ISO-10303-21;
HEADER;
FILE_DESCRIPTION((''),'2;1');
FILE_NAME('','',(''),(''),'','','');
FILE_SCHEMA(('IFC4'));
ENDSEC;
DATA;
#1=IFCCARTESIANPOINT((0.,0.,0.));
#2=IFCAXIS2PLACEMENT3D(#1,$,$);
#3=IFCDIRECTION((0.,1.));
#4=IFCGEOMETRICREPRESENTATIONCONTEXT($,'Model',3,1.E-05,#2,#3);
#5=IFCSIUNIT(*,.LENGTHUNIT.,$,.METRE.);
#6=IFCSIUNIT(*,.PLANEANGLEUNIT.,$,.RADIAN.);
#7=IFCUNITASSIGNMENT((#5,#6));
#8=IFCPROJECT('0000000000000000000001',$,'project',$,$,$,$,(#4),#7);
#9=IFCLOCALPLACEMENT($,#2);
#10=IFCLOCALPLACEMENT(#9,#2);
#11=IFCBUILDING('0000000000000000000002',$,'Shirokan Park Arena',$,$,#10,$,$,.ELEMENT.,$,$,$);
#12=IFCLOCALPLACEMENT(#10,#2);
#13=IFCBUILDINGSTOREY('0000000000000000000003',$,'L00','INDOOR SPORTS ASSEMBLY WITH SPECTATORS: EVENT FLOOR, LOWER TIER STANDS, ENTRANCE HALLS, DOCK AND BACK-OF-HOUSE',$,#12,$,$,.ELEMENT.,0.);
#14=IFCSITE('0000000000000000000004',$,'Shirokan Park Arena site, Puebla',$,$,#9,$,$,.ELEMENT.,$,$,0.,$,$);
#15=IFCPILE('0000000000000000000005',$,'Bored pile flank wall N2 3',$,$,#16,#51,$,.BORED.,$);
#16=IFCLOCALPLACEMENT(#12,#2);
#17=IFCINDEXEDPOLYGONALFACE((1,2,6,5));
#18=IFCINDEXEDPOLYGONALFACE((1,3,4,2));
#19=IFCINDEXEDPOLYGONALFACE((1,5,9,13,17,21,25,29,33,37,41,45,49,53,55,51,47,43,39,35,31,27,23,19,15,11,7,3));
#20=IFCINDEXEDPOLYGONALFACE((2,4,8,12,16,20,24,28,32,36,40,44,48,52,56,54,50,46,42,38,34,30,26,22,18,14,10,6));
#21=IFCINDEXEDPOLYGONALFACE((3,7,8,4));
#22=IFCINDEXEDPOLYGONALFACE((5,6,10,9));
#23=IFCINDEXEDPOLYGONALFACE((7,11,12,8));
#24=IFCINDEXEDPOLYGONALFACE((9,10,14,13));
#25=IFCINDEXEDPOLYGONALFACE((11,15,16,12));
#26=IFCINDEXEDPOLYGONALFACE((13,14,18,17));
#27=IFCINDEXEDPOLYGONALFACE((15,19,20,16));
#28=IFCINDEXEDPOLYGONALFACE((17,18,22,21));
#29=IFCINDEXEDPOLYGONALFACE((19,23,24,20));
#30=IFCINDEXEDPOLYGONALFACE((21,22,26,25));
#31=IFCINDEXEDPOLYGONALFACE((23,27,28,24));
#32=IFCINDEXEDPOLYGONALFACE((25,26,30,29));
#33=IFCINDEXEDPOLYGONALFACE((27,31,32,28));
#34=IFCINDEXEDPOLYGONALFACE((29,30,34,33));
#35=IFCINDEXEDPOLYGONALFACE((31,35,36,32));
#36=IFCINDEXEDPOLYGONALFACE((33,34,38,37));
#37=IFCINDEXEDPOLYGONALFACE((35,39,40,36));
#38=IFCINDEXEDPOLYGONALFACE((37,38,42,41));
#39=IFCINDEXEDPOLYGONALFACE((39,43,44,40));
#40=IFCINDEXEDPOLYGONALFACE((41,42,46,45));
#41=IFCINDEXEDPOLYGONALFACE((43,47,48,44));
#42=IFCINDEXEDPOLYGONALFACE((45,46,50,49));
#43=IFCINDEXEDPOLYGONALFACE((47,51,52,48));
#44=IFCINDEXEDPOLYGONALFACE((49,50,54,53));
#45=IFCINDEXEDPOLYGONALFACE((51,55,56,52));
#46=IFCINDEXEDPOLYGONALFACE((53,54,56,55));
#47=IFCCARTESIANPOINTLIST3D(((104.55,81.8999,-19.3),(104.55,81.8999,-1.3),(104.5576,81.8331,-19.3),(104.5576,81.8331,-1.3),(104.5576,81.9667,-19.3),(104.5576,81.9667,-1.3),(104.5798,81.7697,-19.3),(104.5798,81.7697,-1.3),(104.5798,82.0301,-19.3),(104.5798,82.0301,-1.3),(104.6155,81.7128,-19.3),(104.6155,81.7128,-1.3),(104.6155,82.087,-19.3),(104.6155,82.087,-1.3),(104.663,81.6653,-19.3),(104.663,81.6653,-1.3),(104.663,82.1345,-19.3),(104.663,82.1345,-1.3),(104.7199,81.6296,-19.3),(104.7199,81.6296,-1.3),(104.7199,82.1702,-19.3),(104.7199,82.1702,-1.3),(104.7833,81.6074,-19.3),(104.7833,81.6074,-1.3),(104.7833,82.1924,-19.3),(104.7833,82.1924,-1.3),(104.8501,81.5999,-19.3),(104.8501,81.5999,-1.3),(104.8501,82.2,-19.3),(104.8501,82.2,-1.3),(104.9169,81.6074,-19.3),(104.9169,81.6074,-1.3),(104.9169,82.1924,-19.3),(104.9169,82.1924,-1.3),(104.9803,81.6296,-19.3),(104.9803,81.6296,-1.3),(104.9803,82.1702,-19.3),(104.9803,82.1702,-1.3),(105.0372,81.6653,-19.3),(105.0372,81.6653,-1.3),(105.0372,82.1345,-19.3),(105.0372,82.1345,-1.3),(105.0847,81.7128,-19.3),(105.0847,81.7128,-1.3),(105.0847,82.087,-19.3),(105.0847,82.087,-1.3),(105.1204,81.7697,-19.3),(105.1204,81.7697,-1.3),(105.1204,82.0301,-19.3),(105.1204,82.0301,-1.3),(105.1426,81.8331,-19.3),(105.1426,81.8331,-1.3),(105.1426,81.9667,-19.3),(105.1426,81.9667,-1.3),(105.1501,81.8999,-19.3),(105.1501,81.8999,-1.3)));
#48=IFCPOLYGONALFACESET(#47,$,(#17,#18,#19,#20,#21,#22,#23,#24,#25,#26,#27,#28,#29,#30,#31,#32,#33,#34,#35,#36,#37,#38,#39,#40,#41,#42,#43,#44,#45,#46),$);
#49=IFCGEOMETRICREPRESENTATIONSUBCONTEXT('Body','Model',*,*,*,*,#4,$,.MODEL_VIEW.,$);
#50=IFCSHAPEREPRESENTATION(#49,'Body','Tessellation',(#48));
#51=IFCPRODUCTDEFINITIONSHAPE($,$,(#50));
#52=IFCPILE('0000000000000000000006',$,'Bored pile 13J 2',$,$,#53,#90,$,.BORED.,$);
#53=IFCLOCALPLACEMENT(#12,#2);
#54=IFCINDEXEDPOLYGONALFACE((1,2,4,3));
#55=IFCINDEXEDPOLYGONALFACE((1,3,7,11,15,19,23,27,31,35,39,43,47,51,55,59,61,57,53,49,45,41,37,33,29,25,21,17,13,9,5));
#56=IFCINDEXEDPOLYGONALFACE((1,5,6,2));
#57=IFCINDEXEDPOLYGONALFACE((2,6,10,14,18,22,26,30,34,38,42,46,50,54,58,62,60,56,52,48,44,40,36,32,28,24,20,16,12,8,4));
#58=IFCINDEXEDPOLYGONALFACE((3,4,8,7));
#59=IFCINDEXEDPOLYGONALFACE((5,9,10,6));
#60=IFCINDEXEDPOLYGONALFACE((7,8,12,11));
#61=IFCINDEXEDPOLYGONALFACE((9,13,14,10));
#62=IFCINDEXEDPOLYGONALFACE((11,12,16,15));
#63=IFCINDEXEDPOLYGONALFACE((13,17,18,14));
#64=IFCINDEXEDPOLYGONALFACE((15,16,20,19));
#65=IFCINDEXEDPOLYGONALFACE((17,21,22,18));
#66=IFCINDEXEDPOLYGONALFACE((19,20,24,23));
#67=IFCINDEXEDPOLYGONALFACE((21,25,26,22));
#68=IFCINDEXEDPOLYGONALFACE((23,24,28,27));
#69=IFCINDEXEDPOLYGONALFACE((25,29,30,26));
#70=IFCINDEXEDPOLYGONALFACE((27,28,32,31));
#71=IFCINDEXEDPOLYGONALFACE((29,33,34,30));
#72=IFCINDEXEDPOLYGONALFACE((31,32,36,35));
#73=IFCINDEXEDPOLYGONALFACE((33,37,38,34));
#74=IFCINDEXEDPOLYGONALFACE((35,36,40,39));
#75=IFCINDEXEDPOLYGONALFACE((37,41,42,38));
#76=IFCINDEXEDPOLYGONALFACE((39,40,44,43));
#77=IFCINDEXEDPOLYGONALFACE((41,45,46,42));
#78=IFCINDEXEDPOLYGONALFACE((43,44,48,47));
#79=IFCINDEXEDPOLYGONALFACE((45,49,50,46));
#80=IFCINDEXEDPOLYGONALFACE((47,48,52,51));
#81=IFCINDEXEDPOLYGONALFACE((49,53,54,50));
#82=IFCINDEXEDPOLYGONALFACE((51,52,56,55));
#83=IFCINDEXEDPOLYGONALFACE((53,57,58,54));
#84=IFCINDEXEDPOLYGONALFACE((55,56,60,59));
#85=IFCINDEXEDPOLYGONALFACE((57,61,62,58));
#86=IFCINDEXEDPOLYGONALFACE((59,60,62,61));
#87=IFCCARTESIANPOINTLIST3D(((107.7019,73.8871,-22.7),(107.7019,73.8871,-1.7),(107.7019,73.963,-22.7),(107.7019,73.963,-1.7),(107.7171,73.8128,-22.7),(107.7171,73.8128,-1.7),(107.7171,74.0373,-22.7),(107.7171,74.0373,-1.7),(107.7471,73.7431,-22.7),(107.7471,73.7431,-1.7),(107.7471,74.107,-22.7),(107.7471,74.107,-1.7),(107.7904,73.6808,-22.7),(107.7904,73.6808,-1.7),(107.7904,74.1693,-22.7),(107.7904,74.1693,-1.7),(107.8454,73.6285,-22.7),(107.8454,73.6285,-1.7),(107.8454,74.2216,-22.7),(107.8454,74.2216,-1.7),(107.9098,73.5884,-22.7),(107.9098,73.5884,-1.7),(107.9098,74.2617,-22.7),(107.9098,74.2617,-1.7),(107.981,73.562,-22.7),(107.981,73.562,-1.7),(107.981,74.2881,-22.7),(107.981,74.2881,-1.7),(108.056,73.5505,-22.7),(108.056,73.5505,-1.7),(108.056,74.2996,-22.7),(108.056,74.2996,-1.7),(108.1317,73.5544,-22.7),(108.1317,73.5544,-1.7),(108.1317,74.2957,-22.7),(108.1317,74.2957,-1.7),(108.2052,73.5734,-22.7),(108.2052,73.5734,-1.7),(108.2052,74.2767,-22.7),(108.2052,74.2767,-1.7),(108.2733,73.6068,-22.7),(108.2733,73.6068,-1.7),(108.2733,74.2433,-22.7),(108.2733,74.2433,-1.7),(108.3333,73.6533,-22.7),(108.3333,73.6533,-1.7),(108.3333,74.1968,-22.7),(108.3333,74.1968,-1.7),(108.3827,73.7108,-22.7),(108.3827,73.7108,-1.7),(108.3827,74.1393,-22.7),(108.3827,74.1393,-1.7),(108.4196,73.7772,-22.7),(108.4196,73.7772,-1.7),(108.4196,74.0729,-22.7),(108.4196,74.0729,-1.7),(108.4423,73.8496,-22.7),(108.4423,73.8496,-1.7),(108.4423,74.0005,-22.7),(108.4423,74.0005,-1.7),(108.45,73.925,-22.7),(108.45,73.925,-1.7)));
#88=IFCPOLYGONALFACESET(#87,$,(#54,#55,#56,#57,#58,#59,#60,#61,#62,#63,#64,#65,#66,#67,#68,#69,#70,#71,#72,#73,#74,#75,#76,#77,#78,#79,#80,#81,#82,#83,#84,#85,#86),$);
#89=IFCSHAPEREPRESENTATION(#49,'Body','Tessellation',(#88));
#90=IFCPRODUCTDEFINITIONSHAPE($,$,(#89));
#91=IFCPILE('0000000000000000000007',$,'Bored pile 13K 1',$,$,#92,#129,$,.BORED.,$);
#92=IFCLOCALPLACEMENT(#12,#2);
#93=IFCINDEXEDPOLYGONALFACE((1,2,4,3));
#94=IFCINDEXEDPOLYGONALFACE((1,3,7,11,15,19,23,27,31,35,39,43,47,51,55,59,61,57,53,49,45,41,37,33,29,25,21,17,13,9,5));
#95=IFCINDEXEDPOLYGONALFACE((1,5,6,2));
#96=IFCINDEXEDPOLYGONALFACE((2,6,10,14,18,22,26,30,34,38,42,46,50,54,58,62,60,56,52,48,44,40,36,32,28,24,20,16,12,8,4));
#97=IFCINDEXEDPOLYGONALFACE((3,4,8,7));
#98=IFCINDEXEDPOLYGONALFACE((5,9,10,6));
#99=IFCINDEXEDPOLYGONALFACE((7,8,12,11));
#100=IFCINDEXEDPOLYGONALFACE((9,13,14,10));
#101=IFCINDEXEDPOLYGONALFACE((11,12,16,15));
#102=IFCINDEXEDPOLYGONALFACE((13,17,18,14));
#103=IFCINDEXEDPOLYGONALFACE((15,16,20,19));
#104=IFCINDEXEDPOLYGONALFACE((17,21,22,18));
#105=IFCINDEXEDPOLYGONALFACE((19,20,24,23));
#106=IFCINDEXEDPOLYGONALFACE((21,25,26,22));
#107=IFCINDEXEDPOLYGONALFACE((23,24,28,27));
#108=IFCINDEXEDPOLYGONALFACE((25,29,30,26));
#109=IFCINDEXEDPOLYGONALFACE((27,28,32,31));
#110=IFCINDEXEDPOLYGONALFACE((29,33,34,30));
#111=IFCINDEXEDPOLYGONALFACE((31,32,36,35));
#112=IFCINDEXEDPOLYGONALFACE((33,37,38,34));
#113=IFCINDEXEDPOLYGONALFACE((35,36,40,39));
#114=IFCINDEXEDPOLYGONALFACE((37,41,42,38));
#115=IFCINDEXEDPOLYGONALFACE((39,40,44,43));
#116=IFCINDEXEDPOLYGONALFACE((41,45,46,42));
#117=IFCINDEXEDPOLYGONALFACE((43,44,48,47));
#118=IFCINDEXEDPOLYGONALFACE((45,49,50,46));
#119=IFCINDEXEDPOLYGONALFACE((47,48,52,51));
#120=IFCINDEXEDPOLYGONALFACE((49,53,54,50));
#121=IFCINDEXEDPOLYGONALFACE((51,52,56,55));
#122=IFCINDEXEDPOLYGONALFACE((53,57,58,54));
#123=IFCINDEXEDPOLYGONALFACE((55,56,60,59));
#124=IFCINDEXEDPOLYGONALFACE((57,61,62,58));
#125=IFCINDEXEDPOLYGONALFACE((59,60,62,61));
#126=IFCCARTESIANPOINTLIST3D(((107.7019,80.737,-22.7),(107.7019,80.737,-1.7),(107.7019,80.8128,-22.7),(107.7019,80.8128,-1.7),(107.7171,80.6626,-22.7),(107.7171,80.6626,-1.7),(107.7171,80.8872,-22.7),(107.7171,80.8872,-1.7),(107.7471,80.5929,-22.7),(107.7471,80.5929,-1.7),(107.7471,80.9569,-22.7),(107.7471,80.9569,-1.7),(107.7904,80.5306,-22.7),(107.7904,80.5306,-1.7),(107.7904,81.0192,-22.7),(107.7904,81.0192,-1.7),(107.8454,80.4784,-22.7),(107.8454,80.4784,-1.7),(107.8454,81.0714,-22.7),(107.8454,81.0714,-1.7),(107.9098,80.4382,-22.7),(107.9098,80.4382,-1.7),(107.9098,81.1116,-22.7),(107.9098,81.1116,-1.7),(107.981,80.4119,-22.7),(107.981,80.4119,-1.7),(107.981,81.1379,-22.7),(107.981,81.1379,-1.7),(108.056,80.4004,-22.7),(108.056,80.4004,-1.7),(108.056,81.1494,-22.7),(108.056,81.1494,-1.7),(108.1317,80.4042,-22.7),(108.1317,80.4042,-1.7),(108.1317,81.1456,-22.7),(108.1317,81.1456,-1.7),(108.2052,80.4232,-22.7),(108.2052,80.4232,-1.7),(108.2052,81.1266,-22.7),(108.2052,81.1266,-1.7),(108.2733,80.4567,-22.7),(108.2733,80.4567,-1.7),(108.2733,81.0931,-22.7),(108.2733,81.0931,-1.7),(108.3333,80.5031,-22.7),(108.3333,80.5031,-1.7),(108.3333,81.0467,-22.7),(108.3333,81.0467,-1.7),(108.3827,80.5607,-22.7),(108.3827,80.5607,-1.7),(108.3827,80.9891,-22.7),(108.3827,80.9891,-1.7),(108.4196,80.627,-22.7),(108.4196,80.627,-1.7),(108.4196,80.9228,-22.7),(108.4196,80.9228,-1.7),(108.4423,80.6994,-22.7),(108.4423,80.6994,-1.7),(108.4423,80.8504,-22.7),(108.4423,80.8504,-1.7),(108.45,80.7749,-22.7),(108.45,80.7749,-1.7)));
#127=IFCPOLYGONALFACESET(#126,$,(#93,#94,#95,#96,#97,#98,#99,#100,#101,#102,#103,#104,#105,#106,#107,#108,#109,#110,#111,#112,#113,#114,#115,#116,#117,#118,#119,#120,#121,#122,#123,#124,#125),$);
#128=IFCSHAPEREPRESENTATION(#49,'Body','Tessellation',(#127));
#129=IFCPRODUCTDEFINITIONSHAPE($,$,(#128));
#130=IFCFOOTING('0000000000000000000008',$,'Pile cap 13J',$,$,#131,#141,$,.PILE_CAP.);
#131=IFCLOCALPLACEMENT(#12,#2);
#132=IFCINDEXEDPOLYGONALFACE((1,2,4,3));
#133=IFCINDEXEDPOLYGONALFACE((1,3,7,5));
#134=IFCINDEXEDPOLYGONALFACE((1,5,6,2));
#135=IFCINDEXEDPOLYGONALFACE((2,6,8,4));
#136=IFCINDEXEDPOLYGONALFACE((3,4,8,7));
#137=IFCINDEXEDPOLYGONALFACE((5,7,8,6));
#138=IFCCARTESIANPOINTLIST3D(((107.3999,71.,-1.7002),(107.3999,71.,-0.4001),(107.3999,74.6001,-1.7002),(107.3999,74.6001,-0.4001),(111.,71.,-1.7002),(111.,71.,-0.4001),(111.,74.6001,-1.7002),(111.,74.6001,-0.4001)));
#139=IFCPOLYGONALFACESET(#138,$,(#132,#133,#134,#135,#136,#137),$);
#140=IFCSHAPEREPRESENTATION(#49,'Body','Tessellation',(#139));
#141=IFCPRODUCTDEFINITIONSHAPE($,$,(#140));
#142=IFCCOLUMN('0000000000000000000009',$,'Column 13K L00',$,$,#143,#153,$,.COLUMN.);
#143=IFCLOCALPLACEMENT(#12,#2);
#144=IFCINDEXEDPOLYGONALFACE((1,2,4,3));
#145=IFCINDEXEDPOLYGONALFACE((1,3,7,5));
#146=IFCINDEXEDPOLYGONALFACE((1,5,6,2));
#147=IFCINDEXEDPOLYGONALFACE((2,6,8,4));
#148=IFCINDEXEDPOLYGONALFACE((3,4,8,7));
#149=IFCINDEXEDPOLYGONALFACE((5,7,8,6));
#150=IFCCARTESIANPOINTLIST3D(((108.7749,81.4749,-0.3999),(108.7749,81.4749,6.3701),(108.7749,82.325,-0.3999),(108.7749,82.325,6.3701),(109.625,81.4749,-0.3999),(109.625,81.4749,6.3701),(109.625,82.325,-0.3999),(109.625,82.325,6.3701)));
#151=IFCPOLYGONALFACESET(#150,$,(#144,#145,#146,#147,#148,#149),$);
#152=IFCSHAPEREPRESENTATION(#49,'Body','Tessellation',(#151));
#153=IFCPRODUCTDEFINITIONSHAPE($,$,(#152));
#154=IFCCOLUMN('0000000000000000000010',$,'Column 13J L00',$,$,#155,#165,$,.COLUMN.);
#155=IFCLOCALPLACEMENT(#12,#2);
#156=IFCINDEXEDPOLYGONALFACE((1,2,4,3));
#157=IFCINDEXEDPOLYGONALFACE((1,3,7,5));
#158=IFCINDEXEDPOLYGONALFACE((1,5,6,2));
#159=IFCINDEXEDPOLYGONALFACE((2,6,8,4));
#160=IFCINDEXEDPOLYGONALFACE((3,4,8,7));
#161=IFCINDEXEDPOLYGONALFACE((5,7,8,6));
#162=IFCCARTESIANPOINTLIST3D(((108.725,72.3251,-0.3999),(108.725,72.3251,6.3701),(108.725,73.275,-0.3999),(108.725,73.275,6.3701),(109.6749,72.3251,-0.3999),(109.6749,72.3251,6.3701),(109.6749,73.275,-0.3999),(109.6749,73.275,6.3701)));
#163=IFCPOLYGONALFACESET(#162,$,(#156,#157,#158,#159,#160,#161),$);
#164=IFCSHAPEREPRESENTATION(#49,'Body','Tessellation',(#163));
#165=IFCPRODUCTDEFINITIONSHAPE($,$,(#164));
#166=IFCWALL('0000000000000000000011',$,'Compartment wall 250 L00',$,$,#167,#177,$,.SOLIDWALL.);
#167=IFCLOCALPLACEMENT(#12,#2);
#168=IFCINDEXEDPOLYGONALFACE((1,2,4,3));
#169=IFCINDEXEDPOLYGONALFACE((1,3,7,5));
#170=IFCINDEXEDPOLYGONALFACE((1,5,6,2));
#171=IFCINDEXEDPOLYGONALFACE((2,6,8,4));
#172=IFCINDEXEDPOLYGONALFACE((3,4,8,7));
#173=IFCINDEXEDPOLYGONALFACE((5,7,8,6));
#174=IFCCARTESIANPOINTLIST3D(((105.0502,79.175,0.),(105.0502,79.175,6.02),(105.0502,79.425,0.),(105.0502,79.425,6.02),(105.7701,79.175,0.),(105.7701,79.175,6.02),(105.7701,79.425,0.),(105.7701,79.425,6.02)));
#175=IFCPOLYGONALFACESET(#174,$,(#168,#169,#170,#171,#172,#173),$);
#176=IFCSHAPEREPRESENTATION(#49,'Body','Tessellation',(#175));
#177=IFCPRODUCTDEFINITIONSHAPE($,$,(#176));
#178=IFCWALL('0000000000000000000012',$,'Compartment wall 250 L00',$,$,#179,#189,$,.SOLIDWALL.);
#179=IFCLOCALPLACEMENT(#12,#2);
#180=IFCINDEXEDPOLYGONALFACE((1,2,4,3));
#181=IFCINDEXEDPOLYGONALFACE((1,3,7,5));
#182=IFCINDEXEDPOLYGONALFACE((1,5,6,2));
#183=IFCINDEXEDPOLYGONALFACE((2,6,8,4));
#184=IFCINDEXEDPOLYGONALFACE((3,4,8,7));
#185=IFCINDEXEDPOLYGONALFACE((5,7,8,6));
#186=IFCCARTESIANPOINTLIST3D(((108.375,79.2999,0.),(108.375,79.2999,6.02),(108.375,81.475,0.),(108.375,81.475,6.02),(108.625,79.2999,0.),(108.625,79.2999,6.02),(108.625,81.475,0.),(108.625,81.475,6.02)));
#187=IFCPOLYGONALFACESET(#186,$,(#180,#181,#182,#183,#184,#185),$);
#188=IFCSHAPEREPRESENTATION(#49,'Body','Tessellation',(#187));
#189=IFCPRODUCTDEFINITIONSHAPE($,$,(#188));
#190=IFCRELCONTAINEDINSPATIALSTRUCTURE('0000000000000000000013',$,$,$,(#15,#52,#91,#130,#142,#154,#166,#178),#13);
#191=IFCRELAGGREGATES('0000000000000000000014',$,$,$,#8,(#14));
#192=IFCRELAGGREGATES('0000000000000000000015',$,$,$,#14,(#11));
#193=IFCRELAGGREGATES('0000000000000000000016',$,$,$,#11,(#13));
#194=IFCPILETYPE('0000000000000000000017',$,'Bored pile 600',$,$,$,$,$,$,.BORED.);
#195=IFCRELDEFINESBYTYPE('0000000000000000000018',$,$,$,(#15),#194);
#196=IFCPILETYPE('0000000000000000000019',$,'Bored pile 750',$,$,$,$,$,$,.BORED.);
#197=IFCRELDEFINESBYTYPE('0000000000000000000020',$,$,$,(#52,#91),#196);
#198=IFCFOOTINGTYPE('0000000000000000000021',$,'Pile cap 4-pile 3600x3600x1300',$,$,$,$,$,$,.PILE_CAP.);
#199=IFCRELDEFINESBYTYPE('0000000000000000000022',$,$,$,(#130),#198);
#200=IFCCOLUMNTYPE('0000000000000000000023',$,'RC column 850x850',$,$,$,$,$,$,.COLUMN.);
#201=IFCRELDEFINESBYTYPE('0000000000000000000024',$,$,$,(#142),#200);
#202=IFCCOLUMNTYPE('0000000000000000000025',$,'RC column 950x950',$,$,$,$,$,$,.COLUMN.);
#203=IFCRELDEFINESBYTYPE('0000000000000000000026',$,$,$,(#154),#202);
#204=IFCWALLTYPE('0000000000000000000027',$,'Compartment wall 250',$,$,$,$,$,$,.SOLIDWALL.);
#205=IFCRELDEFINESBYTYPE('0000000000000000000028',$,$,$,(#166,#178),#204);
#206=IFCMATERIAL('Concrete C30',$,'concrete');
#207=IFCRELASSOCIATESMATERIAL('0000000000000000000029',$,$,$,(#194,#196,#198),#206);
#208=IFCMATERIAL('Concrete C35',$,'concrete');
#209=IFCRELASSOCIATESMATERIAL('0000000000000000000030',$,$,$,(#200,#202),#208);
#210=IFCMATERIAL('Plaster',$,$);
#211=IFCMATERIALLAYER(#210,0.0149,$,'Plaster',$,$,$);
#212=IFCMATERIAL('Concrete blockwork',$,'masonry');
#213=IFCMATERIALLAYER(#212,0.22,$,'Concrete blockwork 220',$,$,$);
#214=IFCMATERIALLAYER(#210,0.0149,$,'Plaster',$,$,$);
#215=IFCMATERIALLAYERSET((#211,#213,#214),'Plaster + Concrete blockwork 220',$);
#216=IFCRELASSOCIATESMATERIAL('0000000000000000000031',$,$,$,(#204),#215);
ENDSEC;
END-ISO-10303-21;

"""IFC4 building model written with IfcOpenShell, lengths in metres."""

from ifc_helpers import new_model, si_unit, direction, frame, frame_2d, origin, origin_2d, place, context, subcontext, project, spatial, rectangle, circle, extrude, material, layer, layer_set, material_profile, profile_set, type_object, element, save


model = new_model("IFC4")

# Units and contexts
model_context = context("Model", 3, precision=1e-05, world=origin(), true_north=direction((0.0, 1.0)))
body_context = subcontext(model_context, "Body", "Model", "MODEL_VIEW")
ifc_project = project(units=[si_unit("LENGTHUNIT", "METRE"), si_unit("PLANEANGLEUNIT", "RADIAN")], contexts=[model_context])

# Site, building, storey
site_placement = place(None, origin())
site = spatial("IfcSite", under=ifc_project, at=site_placement, Name="Shirokan Park Arena site, Puebla", CompositionType="ELEMENT", RefElevation=0.0)
building_placement = place(site_placement, origin())
building = spatial("IfcBuilding", under=site, at=building_placement, Name="Shirokan Park Arena", CompositionType="ELEMENT")
storey_placement = place(building_placement, origin())
storey = spatial("IfcBuildingStorey", under=building, at=storey_placement, Name="L00", Description="INDOOR SPORTS ASSEMBLY WITH SPECTATORS: EVENT FLOOR, LOWER TIER STANDS, ENTRANCE HALLS, DOCK AND BACK-OF-HOUSE", CompositionType="ELEMENT", Elevation=0.0)

# Piles
ifc_material_1 = material(Name="Concrete C30", Category="concrete")
ifc_material_profile_1 = material_profile(ifc_material_1, circle(Radius=0.3, at=origin_2d()), Name="D600")
ifc_profile_set_1 = profile_set([ifc_material_profile_1], Name="Concrete C30")
pile_type_1 = type_object("IfcPileType", Name="Bored pile 600", PredefinedType="BORED", material=ifc_profile_set_1)
pile_placement = place(storey_placement, frame((104.8501, 81.8999, -1.3), z_axis=(0.0, 0.0, -1.0), x_axis=(1.0, 0.0, 0.0)))
element("IfcPile", 1, at=pile_placement, inside=storey, type_object=pile_type_1, Name="Bored pile flank wall N2 3", PredefinedType="BORED", context=body_context, shape_type="SweptSolid", body=[
    extrude(circle(Radius=0.3, at=origin_2d()), origin(), (0.0, 0.0, 1.0), 18.0),
])
ifc_material_profile_2 = material_profile(ifc_material_1, circle(Radius=0.375, at=origin_2d()), Name="D750")
ifc_profile_set_2 = profile_set([ifc_material_profile_2], Name="Concrete C30")
pile_type_2 = type_object("IfcPileType", Name="Bored pile 750", PredefinedType="BORED", material=ifc_profile_set_2)
for number, where, z_axis, x_axis, name in (
    (2, (108.075, 73.925, -1.7), (0.0, 0.0, -1.0), (1.0, 0.0, 0.0), "Bored pile 13J 2"),
    (3, (108.075, 80.7749, -1.7), (0.0, 0.0, -1.0), (1.0, 0.0, 0.0), "Bored pile 13K 1"),
):
    element("IfcPile", number, at=place(storey_placement, frame(where, z_axis=z_axis, x_axis=x_axis)), inside=storey, type_object=pile_type_2, Name=name, PredefinedType="BORED", context=body_context, shape_type="SweptSolid", body=[
        extrude(circle(Radius=0.375, at=origin_2d()), origin(), (0.0, 0.0, 1.0), 21.0),
    ])

# Footing
footing_type = type_object("IfcFootingType", Name="Pile cap 4-pile 3600x3600x1300", PredefinedType="PILE_CAP", material=ifc_material_1)
footing_placement = place(storey_placement, frame((109.2, 72.8, -1.7002), z_axis=(0.0, 0.0, 1.0), x_axis=(1.0, 0.0, 0.0)))
element("IfcFooting", 4, at=footing_placement, inside=storey, type_object=footing_type, Name="Pile cap 13J", PredefinedType="PILE_CAP", context=body_context, shape_type="SweptSolid", body=[
    extrude(rectangle(XDim=3.6001, YDim=3.6001, at=origin_2d()), origin(), (0.0, 0.0, 1.0), 1.3),
])

# Columns
ifc_material_2 = material(Name="Concrete C35", Category="concrete")
ifc_material_profile_3 = material_profile(ifc_material_2, rectangle(XDim=0.8501, YDim=0.8501, at=origin_2d()), Name="850x850")
ifc_profile_set_3 = profile_set([ifc_material_profile_3], Name="Concrete C35")
column_type_1 = type_object("IfcColumnType", Name="RC column 850x850", PredefinedType="COLUMN", material=ifc_profile_set_3)
column_1_placement = place(storey_placement, frame((109.2, 81.8999, -0.3999), z_axis=(0.0, 0.0, 1.0), x_axis=(1.0, 0.0, 0.0)))
element("IfcColumn", 5, at=column_1_placement, inside=storey, type_object=column_type_1, Name="Column 13K L00", PredefinedType="COLUMN", context=body_context, shape_type="SweptSolid", body=[
    extrude(rectangle(XDim=0.8501, YDim=0.8501, at=origin_2d()), origin(), (0.0, 0.0, 1.0), 6.77),
])
ifc_material_profile_4 = material_profile(ifc_material_2, rectangle(XDim=0.95, YDim=0.95, at=origin_2d()), Name="950x950")
ifc_profile_set_4 = profile_set([ifc_material_profile_4], Name="Concrete C35")
column_type_2 = type_object("IfcColumnType", Name="RC column 950x950", PredefinedType="COLUMN", material=ifc_profile_set_4)
column_2_placement = place(storey_placement, frame((109.2, 72.8, -0.3999), z_axis=(0.0, 0.0, 1.0), x_axis=(1.0, 0.0, 0.0)))
element("IfcColumn", 6, at=column_2_placement, inside=storey, type_object=column_type_2, Name="Column 13J L00", PredefinedType="COLUMN", context=body_context, shape_type="SweptSolid", body=[
    extrude(rectangle(XDim=0.95, YDim=0.95, at=origin_2d()), origin(), (0.0, 0.0, 1.0), 6.77),
])

# Walls
ifc_material_3 = material(Name="Plaster")
ifc_layer_1 = layer(ifc_material_3, 0.0149, Name="Plaster")
ifc_material_4 = material(Name="Concrete blockwork", Category="masonry")
ifc_layer_2 = layer(ifc_material_4, 0.22, Name="Concrete blockwork 220")
ifc_layer_3 = layer(ifc_material_3, 0.0149, Name="Plaster")
ifc_layer_set_1 = layer_set([ifc_layer_1, ifc_layer_2, ifc_layer_3], Name="Plaster + Concrete blockwork 220")
wall_type_1 = type_object("IfcWallType", Name="Compartment wall 250", PredefinedType="SOLIDWALL", material=ifc_layer_set_1)
wall_1_placement = place(storey_placement, frame((105.77, 79.3, 0.0), z_axis=(0.0, 0.0, 1.0), x_axis=(-1.0, 0.0, 0.0)))
element("IfcWall", 7, at=wall_1_placement, inside=storey, type_object=wall_type_1, Name="Compartment wall 250 L00", PredefinedType="SOLIDWALL", context=body_context, shape_type="SweptSolid", body=[
    extrude(rectangle(XDim=0.72, YDim=0.25, at=frame_2d((0.3599, 0.0))), origin(), (0.0, 0.0, 1.0), 6.02),
])
wall_2_placement = place(storey_placement, frame((108.5, 79.3, 0.0), z_axis=(0.0, 0.0, 1.0), x_axis=(0.0, 1.0, 0.0)))
element("IfcWall", 8, at=wall_2_placement, inside=storey, type_object=wall_type_1, Name="Compartment wall 250 L00", PredefinedType="SOLIDWALL", context=body_context, shape_type="SweptSolid", body=[
    extrude(rectangle(XDim=2.175, YDim=0.25, at=frame_2d((1.0874, 0.0))), origin(), (0.0, 0.0, 1.0), 6.02),
])

save(model, "model.ifc")
